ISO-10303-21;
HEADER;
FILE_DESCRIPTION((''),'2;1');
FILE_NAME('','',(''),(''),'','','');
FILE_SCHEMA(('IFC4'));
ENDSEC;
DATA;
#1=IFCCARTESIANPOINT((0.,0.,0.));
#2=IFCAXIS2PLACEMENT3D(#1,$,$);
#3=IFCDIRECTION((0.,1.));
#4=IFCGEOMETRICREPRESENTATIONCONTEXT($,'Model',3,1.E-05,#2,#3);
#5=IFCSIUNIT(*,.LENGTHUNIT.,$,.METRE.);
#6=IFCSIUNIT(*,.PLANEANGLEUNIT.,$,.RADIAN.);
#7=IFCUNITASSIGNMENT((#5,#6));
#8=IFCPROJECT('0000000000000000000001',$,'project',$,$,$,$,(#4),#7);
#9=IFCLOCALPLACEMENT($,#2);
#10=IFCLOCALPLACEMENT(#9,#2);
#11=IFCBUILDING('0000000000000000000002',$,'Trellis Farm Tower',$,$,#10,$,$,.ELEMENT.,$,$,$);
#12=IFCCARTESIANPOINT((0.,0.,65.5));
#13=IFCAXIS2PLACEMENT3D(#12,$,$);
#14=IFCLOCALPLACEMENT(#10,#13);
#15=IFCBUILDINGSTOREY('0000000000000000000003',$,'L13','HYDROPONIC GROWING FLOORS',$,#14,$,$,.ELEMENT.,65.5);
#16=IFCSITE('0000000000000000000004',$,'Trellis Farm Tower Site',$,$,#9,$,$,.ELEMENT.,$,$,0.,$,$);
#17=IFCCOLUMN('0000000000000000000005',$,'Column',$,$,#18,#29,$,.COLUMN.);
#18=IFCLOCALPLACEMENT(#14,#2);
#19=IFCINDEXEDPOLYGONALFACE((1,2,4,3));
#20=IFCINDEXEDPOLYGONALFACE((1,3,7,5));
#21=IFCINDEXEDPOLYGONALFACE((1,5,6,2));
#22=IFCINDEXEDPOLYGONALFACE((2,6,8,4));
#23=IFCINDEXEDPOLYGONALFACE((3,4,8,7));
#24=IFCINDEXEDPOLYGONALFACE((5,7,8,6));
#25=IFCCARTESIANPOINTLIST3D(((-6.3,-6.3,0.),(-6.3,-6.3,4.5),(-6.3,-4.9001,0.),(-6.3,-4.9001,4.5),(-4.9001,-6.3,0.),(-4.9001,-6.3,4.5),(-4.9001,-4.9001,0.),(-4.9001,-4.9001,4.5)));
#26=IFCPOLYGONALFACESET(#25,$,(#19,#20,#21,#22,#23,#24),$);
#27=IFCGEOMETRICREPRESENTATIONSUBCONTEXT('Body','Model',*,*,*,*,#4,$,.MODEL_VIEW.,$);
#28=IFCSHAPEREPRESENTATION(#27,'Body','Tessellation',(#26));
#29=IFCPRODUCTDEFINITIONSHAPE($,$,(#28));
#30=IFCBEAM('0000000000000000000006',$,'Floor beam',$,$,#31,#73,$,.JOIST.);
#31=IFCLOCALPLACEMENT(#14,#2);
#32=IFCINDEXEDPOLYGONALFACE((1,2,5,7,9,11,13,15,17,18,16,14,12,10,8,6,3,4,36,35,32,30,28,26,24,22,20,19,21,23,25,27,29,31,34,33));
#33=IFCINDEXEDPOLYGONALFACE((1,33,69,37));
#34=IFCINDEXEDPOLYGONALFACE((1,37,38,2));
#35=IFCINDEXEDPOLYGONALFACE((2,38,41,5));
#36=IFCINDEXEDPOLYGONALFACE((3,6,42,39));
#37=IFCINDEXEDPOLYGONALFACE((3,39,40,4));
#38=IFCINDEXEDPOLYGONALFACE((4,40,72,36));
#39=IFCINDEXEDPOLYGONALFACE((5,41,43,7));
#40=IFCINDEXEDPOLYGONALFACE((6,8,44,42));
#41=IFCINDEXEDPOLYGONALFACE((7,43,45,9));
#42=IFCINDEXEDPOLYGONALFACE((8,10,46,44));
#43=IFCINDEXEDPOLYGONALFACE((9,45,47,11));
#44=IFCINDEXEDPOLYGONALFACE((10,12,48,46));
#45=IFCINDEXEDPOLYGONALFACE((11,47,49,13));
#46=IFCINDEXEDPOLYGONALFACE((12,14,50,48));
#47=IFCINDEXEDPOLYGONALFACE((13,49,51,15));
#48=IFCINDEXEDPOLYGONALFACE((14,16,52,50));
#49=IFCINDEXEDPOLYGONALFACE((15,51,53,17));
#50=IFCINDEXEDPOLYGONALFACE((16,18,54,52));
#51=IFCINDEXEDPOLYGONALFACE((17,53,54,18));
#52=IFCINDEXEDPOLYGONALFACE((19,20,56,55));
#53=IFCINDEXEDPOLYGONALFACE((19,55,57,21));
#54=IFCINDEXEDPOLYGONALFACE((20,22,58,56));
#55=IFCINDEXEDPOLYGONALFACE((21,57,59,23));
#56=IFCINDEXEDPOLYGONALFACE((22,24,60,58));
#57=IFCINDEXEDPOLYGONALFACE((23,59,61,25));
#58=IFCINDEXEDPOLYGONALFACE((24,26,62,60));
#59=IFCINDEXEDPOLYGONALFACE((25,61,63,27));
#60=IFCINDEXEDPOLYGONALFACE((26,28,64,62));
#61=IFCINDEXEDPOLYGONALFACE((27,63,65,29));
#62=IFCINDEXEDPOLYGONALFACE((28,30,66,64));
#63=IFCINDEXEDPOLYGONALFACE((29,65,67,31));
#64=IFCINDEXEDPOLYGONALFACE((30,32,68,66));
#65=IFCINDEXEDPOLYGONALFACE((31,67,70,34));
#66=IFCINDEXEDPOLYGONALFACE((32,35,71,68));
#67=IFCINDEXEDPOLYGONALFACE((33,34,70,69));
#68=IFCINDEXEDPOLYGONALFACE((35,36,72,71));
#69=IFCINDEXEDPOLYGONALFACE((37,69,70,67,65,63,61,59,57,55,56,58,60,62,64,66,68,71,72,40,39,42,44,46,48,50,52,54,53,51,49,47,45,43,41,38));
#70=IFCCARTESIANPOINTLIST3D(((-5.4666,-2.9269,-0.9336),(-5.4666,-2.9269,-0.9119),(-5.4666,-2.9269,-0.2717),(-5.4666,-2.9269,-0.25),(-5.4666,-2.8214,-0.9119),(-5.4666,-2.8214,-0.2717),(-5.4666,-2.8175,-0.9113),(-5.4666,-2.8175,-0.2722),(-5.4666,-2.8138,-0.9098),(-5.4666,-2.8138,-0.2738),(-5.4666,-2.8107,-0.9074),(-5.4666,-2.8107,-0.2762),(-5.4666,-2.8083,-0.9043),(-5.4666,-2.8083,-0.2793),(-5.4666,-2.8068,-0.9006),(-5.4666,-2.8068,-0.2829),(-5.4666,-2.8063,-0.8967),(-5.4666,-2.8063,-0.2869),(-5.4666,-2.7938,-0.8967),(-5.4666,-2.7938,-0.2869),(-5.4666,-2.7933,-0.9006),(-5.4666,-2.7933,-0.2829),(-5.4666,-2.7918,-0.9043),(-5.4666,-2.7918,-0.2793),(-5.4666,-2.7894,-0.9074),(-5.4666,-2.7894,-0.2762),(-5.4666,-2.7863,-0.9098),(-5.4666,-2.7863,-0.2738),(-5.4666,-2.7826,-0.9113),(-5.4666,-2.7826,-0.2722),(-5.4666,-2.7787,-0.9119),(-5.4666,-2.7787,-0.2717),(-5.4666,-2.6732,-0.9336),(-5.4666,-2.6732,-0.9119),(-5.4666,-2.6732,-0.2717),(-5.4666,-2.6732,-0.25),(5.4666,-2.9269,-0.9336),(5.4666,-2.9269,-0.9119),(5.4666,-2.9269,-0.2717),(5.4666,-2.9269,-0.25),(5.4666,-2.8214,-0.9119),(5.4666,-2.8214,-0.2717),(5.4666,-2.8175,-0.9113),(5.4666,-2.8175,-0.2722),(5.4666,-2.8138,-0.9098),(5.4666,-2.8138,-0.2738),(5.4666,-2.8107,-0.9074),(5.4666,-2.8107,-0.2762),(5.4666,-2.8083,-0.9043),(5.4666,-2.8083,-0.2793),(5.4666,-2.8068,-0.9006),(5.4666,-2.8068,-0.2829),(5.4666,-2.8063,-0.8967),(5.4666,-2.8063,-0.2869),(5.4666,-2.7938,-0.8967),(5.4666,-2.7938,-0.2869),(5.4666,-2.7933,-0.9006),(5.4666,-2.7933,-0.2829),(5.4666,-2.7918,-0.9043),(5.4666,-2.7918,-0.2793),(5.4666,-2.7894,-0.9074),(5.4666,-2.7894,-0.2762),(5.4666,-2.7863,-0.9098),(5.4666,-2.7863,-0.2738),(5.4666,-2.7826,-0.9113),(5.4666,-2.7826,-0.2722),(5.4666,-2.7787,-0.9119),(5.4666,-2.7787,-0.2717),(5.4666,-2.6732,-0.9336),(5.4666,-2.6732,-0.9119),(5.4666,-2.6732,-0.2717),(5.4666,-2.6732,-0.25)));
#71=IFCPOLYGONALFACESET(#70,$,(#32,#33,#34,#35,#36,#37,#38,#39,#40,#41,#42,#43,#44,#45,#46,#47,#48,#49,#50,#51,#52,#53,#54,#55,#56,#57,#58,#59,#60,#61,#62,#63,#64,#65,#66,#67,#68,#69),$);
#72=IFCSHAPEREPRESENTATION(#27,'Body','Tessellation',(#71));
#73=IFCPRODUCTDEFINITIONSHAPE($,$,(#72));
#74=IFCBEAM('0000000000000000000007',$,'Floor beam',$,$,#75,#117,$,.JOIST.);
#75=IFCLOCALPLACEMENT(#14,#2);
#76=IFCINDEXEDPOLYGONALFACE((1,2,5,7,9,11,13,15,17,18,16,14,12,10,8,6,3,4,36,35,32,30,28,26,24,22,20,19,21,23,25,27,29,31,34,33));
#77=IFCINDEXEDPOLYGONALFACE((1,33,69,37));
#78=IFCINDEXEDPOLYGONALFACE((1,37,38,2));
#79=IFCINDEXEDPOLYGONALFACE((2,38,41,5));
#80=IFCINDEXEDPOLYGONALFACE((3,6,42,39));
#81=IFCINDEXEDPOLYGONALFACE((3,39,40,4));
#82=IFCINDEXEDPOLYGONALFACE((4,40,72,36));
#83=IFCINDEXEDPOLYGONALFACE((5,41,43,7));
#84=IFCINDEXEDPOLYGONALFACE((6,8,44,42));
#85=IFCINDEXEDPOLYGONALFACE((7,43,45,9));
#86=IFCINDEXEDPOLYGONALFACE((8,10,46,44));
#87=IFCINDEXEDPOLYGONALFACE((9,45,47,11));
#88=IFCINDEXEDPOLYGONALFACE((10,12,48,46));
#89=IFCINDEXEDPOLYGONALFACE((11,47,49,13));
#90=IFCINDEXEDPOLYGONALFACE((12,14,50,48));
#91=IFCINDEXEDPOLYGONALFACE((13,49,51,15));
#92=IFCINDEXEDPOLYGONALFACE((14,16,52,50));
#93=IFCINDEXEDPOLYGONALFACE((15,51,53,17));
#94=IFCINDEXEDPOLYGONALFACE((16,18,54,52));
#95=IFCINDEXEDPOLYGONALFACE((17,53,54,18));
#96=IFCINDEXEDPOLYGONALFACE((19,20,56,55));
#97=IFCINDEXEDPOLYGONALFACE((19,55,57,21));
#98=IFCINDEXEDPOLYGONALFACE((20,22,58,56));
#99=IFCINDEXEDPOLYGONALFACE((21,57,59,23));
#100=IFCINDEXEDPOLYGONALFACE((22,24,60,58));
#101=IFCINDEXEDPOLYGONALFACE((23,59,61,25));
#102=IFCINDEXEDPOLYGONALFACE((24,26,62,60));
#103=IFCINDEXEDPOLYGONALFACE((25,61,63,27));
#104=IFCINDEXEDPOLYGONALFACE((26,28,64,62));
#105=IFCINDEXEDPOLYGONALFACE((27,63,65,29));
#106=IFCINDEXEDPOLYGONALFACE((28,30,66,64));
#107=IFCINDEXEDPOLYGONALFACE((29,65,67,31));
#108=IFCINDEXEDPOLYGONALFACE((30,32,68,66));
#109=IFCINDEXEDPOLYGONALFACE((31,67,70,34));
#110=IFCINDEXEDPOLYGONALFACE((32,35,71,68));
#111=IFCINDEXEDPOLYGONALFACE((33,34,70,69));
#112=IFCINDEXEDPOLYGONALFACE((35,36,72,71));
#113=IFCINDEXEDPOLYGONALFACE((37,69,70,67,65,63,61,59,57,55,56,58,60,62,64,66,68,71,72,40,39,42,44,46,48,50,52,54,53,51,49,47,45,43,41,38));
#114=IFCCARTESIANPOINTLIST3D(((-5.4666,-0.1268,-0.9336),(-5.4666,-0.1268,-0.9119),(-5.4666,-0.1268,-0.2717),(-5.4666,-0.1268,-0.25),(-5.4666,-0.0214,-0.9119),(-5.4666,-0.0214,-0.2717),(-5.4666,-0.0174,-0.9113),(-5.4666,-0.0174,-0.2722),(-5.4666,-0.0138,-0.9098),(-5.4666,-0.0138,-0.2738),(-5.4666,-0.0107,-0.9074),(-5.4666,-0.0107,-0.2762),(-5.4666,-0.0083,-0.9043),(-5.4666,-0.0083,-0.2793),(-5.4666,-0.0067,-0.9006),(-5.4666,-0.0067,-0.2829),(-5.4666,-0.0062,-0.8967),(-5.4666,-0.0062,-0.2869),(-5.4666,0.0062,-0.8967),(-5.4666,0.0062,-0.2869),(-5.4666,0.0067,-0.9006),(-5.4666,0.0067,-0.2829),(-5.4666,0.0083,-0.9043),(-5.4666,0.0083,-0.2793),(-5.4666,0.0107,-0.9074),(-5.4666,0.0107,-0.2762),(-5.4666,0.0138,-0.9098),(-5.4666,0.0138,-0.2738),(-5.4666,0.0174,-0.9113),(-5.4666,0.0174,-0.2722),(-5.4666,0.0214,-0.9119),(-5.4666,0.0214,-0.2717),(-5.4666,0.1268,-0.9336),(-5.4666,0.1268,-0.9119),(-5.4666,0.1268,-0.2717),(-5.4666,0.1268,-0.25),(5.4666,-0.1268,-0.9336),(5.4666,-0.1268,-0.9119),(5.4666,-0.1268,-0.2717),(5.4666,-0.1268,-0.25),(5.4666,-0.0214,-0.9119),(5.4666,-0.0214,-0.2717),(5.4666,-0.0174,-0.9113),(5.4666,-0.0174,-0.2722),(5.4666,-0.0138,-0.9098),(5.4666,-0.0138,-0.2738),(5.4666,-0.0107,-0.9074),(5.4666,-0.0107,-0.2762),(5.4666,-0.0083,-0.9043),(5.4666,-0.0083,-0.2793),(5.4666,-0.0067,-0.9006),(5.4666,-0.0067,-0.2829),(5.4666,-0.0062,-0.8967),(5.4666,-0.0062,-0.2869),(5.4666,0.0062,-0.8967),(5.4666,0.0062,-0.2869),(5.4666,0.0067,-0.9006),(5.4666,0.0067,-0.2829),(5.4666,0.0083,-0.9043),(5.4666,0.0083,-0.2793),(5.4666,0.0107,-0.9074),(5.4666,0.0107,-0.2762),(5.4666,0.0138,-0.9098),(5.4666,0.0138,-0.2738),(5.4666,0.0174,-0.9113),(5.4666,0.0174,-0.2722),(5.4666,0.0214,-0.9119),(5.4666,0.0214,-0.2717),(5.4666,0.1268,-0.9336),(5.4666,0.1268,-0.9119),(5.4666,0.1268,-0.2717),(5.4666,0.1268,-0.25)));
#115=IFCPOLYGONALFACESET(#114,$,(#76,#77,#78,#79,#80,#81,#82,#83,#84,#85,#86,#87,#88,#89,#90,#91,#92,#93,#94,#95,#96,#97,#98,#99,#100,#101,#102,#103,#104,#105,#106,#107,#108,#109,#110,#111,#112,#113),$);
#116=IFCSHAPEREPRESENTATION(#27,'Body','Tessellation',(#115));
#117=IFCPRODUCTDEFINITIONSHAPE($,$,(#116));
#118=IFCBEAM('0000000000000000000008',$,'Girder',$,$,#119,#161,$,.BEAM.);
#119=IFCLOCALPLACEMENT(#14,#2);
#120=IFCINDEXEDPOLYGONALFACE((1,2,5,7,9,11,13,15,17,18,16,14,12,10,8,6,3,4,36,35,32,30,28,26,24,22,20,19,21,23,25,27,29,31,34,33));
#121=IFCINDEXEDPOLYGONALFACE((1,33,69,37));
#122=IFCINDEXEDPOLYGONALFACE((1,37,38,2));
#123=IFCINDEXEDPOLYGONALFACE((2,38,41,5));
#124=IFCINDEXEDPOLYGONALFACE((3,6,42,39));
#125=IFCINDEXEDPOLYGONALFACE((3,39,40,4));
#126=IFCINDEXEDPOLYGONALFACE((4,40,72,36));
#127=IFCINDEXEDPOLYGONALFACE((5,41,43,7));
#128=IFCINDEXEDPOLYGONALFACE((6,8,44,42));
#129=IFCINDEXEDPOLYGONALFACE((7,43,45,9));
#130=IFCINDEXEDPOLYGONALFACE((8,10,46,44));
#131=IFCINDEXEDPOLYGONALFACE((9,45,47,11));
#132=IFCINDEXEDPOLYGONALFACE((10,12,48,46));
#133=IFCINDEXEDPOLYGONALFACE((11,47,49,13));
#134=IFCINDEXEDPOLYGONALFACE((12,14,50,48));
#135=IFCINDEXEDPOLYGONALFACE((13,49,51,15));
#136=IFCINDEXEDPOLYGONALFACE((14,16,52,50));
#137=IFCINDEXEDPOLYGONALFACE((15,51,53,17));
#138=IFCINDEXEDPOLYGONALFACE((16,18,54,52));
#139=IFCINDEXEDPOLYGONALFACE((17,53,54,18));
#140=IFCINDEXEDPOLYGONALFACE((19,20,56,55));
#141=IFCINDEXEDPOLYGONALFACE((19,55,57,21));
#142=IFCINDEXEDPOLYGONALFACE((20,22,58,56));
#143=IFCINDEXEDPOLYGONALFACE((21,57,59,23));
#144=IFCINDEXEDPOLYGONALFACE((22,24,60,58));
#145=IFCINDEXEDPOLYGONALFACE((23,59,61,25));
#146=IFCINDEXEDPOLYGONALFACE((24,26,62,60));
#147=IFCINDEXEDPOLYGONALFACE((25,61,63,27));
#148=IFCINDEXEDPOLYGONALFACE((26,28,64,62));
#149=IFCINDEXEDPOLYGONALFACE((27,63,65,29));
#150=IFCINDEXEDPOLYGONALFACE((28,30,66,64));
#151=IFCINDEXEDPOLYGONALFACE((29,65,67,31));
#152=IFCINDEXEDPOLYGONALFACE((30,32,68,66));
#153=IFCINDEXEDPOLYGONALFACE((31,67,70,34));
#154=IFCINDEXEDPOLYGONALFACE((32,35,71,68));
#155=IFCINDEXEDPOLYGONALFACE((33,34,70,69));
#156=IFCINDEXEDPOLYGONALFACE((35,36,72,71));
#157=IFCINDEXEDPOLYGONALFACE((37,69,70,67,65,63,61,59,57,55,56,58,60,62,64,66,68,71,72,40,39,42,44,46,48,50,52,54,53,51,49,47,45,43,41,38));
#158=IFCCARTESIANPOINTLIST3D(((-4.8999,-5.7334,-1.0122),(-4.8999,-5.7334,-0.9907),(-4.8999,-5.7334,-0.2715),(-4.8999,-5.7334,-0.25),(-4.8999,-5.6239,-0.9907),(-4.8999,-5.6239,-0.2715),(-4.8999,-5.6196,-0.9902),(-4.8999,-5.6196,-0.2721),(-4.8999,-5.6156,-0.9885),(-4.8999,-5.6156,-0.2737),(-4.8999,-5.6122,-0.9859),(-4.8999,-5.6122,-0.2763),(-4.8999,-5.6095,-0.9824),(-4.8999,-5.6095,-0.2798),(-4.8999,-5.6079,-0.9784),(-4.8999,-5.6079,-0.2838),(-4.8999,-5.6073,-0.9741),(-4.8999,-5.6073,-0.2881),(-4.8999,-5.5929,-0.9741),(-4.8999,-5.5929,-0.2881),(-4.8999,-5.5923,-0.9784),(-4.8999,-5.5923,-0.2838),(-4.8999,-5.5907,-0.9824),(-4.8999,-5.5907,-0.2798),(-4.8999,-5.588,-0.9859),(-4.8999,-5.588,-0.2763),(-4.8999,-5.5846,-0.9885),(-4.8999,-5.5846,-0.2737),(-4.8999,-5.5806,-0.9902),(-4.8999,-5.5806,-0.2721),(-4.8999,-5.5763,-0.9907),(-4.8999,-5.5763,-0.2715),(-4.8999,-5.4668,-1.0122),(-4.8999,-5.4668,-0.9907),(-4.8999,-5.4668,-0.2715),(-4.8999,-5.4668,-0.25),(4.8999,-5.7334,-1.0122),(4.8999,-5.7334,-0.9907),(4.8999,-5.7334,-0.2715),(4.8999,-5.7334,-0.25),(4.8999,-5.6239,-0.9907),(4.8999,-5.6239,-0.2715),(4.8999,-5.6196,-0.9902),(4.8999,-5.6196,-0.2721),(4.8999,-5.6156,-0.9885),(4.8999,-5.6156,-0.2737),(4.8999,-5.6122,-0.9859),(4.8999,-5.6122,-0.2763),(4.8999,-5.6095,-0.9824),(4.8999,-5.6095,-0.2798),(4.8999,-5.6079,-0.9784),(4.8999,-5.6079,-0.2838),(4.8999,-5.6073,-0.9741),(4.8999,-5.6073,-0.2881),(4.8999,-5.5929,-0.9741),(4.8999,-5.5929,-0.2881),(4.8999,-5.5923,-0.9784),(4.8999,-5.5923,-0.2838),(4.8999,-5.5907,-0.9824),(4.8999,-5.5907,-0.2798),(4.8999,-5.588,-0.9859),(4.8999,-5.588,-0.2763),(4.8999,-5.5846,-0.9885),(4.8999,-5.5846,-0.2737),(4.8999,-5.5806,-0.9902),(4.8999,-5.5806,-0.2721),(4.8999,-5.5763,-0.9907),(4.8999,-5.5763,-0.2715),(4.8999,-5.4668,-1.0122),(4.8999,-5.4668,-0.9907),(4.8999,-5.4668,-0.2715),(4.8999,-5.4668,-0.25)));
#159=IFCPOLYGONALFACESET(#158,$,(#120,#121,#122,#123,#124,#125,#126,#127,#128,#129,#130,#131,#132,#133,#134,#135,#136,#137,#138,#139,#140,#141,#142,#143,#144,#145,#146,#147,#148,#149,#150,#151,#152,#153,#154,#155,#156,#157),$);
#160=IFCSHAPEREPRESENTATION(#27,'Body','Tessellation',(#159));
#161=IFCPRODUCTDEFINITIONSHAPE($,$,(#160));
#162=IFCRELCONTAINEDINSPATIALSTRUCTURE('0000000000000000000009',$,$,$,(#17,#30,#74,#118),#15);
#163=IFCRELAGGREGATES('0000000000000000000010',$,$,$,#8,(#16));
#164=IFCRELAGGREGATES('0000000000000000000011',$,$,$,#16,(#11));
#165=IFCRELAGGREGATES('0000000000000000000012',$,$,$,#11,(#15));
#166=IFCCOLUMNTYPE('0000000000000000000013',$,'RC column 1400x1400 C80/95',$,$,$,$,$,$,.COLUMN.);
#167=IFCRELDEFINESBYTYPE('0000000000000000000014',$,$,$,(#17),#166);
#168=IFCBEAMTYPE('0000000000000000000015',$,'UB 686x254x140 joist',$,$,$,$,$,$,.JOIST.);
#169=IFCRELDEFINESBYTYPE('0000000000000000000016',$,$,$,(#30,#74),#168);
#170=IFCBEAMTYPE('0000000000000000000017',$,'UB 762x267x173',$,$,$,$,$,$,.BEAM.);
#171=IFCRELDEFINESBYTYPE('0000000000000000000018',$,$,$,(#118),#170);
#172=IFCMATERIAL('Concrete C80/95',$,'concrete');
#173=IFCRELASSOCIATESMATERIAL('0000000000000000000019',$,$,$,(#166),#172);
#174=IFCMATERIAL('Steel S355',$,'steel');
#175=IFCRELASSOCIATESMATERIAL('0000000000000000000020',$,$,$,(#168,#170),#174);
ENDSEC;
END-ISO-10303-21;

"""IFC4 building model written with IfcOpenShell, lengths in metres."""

from ifc_helpers import new_model, si_unit, direction, frame, origin, origin_2d, place, context, subcontext, project, spatial, rectangle, i_section, extrude, source, transform, mapped, material, material_profile, profile_set, type_object, element, save


model = new_model("IFC4")

# Units and contexts
model_context = context("Model", 3, precision=1e-05, world=origin(), true_north=direction((0.0, 1.0)))
body_context = subcontext(model_context, "Body", "Model", "MODEL_VIEW")
ifc_project = project(units=[si_unit("LENGTHUNIT", "METRE"), si_unit("PLANEANGLEUNIT", "RADIAN")], contexts=[model_context])

# Site, building, storey
site_placement = place(None, origin())
site = spatial("IfcSite", under=ifc_project, at=site_placement, Name="Trellis Farm Tower Site", CompositionType="ELEMENT", RefElevation=0.0)
building_placement = place(site_placement, origin())
building = spatial("IfcBuilding", under=site, at=building_placement, Name="Trellis Farm Tower", CompositionType="ELEMENT")
storey_placement = place(building_placement, frame((0.0, 0.0, 65.5)))
storey = spatial("IfcBuildingStorey", under=building, at=storey_placement, Name="L13", Description="HYDROPONIC GROWING FLOORS", CompositionType="ELEMENT", Elevation=65.5)

# Column
ifc_material_1 = material(Name="Concrete C80/95", Category="concrete")
ifc_material_profile_1 = material_profile(ifc_material_1, rectangle(XDim=1.3999, YDim=1.3999, at=origin_2d()), Name="RC column 1400x1400 C80/95")
ifc_profile_set_1 = profile_set([ifc_material_profile_1], Name="Concrete C80/95")
column_type = type_object("IfcColumnType", Name="RC column 1400x1400 C80/95", PredefinedType="COLUMN", material=ifc_profile_set_1)
shared_shape_1 = source(origin(), body_context, "Body", "SweptSolid", [
    extrude(rectangle(XDim=1.3999, YDim=1.3999, at=origin_2d()), origin(), (0.0, 0.0, 1.0), 4.5),
])
column_placement = place(storey_placement, frame((-5.6001, -5.6001, 0.0), z_axis=(0.0, 0.0, 1.0), x_axis=(1.0, 0.0, 0.0)))
element("IfcColumn", 1, at=column_placement, inside=storey, type_object=column_type, Name="Column", PredefinedType="COLUMN", context=body_context, shape_type="MappedRepresentation", body=[
    mapped(shared_shape_1, transform((0.0, 0.0, 0.0))),
])

# Beams
ifc_material_2 = material(Name="Steel S355", Category="steel")
ifc_material_profile_2 = material_profile(ifc_material_2, i_section(OverallWidth=0.2537, OverallDepth=0.6836, WebThickness=0.0125, FlangeThickness=0.0217, FilletRadius=0.0151, at=origin_2d()), Name="UB 686x254x140")
ifc_profile_set_2 = profile_set([ifc_material_profile_2], Name="Steel S355")
beam_type_1 = type_object("IfcBeamType", Name="UB 686x254x140 joist", PredefinedType="JOIST", material=ifc_profile_set_2)
shared_shape_2 = source(origin(), body_context, "Body", "SweptSolid", [
    extrude(i_section(OverallWidth=0.2537, OverallDepth=0.6836, WebThickness=0.0125, FlangeThickness=0.0217, FilletRadius=0.0151, at=origin_2d()), origin(), (0.0, 0.0, 1.0), 10.9331),
])
for number, where, z_axis, x_axis, name in (
    (2, (-5.4666, -2.8, -0.5918), (1.0, 0.0, 0.0), (0.0, 1.0, 0.0), "Floor beam"),
    (3, (-5.4666, 0.0, -0.5918), (1.0, 0.0, 0.0), (0.0, 1.0, 0.0), "Floor beam"),
):
    element("IfcBeam", number, at=place(storey_placement, frame(where, z_axis=z_axis, x_axis=x_axis)), inside=storey, type_object=beam_type_1, Name=name, PredefinedType="JOIST", context=body_context, shape_type="MappedRepresentation", body=[
        mapped(shared_shape_2, transform((0.0, 0.0, 0.0))),
    ])
ifc_material_profile_3 = material_profile(ifc_material_2, i_section(OverallWidth=0.2666, OverallDepth=0.7622, WebThickness=0.0144, FlangeThickness=0.0215, FilletRadius=0.0166, at=origin_2d()), Name="UB 762x267x173")
ifc_profile_set_3 = profile_set([ifc_material_profile_3], Name="Steel S355")
beam_type_2 = type_object("IfcBeamType", Name="UB 762x267x173", PredefinedType="BEAM", material=ifc_profile_set_3)
shared_shape_3 = source(origin(), body_context, "Body", "SweptSolid", [
    extrude(i_section(OverallWidth=0.2666, OverallDepth=0.7622, WebThickness=0.0144, FlangeThickness=0.0215, FilletRadius=0.0166, at=origin_2d()), origin(), (0.0, 0.0, 1.0), 9.7998),
])
for number, where, z_axis, x_axis, name in (
    (4, (-4.8999, -5.6001, -0.6311), (1.0, 0.0, 0.0), (0.0, 1.0, 0.0), "Girder"),
):
    element("IfcBeam", number, at=place(storey_placement, frame(where, z_axis=z_axis, x_axis=x_axis)), inside=storey, type_object=beam_type_2, Name=name, PredefinedType="BEAM", context=body_context, shape_type="MappedRepresentation", body=[
        mapped(shared_shape_3, transform((0.0, 0.0, 0.0))),
    ])

save(model, "model.ifc")
